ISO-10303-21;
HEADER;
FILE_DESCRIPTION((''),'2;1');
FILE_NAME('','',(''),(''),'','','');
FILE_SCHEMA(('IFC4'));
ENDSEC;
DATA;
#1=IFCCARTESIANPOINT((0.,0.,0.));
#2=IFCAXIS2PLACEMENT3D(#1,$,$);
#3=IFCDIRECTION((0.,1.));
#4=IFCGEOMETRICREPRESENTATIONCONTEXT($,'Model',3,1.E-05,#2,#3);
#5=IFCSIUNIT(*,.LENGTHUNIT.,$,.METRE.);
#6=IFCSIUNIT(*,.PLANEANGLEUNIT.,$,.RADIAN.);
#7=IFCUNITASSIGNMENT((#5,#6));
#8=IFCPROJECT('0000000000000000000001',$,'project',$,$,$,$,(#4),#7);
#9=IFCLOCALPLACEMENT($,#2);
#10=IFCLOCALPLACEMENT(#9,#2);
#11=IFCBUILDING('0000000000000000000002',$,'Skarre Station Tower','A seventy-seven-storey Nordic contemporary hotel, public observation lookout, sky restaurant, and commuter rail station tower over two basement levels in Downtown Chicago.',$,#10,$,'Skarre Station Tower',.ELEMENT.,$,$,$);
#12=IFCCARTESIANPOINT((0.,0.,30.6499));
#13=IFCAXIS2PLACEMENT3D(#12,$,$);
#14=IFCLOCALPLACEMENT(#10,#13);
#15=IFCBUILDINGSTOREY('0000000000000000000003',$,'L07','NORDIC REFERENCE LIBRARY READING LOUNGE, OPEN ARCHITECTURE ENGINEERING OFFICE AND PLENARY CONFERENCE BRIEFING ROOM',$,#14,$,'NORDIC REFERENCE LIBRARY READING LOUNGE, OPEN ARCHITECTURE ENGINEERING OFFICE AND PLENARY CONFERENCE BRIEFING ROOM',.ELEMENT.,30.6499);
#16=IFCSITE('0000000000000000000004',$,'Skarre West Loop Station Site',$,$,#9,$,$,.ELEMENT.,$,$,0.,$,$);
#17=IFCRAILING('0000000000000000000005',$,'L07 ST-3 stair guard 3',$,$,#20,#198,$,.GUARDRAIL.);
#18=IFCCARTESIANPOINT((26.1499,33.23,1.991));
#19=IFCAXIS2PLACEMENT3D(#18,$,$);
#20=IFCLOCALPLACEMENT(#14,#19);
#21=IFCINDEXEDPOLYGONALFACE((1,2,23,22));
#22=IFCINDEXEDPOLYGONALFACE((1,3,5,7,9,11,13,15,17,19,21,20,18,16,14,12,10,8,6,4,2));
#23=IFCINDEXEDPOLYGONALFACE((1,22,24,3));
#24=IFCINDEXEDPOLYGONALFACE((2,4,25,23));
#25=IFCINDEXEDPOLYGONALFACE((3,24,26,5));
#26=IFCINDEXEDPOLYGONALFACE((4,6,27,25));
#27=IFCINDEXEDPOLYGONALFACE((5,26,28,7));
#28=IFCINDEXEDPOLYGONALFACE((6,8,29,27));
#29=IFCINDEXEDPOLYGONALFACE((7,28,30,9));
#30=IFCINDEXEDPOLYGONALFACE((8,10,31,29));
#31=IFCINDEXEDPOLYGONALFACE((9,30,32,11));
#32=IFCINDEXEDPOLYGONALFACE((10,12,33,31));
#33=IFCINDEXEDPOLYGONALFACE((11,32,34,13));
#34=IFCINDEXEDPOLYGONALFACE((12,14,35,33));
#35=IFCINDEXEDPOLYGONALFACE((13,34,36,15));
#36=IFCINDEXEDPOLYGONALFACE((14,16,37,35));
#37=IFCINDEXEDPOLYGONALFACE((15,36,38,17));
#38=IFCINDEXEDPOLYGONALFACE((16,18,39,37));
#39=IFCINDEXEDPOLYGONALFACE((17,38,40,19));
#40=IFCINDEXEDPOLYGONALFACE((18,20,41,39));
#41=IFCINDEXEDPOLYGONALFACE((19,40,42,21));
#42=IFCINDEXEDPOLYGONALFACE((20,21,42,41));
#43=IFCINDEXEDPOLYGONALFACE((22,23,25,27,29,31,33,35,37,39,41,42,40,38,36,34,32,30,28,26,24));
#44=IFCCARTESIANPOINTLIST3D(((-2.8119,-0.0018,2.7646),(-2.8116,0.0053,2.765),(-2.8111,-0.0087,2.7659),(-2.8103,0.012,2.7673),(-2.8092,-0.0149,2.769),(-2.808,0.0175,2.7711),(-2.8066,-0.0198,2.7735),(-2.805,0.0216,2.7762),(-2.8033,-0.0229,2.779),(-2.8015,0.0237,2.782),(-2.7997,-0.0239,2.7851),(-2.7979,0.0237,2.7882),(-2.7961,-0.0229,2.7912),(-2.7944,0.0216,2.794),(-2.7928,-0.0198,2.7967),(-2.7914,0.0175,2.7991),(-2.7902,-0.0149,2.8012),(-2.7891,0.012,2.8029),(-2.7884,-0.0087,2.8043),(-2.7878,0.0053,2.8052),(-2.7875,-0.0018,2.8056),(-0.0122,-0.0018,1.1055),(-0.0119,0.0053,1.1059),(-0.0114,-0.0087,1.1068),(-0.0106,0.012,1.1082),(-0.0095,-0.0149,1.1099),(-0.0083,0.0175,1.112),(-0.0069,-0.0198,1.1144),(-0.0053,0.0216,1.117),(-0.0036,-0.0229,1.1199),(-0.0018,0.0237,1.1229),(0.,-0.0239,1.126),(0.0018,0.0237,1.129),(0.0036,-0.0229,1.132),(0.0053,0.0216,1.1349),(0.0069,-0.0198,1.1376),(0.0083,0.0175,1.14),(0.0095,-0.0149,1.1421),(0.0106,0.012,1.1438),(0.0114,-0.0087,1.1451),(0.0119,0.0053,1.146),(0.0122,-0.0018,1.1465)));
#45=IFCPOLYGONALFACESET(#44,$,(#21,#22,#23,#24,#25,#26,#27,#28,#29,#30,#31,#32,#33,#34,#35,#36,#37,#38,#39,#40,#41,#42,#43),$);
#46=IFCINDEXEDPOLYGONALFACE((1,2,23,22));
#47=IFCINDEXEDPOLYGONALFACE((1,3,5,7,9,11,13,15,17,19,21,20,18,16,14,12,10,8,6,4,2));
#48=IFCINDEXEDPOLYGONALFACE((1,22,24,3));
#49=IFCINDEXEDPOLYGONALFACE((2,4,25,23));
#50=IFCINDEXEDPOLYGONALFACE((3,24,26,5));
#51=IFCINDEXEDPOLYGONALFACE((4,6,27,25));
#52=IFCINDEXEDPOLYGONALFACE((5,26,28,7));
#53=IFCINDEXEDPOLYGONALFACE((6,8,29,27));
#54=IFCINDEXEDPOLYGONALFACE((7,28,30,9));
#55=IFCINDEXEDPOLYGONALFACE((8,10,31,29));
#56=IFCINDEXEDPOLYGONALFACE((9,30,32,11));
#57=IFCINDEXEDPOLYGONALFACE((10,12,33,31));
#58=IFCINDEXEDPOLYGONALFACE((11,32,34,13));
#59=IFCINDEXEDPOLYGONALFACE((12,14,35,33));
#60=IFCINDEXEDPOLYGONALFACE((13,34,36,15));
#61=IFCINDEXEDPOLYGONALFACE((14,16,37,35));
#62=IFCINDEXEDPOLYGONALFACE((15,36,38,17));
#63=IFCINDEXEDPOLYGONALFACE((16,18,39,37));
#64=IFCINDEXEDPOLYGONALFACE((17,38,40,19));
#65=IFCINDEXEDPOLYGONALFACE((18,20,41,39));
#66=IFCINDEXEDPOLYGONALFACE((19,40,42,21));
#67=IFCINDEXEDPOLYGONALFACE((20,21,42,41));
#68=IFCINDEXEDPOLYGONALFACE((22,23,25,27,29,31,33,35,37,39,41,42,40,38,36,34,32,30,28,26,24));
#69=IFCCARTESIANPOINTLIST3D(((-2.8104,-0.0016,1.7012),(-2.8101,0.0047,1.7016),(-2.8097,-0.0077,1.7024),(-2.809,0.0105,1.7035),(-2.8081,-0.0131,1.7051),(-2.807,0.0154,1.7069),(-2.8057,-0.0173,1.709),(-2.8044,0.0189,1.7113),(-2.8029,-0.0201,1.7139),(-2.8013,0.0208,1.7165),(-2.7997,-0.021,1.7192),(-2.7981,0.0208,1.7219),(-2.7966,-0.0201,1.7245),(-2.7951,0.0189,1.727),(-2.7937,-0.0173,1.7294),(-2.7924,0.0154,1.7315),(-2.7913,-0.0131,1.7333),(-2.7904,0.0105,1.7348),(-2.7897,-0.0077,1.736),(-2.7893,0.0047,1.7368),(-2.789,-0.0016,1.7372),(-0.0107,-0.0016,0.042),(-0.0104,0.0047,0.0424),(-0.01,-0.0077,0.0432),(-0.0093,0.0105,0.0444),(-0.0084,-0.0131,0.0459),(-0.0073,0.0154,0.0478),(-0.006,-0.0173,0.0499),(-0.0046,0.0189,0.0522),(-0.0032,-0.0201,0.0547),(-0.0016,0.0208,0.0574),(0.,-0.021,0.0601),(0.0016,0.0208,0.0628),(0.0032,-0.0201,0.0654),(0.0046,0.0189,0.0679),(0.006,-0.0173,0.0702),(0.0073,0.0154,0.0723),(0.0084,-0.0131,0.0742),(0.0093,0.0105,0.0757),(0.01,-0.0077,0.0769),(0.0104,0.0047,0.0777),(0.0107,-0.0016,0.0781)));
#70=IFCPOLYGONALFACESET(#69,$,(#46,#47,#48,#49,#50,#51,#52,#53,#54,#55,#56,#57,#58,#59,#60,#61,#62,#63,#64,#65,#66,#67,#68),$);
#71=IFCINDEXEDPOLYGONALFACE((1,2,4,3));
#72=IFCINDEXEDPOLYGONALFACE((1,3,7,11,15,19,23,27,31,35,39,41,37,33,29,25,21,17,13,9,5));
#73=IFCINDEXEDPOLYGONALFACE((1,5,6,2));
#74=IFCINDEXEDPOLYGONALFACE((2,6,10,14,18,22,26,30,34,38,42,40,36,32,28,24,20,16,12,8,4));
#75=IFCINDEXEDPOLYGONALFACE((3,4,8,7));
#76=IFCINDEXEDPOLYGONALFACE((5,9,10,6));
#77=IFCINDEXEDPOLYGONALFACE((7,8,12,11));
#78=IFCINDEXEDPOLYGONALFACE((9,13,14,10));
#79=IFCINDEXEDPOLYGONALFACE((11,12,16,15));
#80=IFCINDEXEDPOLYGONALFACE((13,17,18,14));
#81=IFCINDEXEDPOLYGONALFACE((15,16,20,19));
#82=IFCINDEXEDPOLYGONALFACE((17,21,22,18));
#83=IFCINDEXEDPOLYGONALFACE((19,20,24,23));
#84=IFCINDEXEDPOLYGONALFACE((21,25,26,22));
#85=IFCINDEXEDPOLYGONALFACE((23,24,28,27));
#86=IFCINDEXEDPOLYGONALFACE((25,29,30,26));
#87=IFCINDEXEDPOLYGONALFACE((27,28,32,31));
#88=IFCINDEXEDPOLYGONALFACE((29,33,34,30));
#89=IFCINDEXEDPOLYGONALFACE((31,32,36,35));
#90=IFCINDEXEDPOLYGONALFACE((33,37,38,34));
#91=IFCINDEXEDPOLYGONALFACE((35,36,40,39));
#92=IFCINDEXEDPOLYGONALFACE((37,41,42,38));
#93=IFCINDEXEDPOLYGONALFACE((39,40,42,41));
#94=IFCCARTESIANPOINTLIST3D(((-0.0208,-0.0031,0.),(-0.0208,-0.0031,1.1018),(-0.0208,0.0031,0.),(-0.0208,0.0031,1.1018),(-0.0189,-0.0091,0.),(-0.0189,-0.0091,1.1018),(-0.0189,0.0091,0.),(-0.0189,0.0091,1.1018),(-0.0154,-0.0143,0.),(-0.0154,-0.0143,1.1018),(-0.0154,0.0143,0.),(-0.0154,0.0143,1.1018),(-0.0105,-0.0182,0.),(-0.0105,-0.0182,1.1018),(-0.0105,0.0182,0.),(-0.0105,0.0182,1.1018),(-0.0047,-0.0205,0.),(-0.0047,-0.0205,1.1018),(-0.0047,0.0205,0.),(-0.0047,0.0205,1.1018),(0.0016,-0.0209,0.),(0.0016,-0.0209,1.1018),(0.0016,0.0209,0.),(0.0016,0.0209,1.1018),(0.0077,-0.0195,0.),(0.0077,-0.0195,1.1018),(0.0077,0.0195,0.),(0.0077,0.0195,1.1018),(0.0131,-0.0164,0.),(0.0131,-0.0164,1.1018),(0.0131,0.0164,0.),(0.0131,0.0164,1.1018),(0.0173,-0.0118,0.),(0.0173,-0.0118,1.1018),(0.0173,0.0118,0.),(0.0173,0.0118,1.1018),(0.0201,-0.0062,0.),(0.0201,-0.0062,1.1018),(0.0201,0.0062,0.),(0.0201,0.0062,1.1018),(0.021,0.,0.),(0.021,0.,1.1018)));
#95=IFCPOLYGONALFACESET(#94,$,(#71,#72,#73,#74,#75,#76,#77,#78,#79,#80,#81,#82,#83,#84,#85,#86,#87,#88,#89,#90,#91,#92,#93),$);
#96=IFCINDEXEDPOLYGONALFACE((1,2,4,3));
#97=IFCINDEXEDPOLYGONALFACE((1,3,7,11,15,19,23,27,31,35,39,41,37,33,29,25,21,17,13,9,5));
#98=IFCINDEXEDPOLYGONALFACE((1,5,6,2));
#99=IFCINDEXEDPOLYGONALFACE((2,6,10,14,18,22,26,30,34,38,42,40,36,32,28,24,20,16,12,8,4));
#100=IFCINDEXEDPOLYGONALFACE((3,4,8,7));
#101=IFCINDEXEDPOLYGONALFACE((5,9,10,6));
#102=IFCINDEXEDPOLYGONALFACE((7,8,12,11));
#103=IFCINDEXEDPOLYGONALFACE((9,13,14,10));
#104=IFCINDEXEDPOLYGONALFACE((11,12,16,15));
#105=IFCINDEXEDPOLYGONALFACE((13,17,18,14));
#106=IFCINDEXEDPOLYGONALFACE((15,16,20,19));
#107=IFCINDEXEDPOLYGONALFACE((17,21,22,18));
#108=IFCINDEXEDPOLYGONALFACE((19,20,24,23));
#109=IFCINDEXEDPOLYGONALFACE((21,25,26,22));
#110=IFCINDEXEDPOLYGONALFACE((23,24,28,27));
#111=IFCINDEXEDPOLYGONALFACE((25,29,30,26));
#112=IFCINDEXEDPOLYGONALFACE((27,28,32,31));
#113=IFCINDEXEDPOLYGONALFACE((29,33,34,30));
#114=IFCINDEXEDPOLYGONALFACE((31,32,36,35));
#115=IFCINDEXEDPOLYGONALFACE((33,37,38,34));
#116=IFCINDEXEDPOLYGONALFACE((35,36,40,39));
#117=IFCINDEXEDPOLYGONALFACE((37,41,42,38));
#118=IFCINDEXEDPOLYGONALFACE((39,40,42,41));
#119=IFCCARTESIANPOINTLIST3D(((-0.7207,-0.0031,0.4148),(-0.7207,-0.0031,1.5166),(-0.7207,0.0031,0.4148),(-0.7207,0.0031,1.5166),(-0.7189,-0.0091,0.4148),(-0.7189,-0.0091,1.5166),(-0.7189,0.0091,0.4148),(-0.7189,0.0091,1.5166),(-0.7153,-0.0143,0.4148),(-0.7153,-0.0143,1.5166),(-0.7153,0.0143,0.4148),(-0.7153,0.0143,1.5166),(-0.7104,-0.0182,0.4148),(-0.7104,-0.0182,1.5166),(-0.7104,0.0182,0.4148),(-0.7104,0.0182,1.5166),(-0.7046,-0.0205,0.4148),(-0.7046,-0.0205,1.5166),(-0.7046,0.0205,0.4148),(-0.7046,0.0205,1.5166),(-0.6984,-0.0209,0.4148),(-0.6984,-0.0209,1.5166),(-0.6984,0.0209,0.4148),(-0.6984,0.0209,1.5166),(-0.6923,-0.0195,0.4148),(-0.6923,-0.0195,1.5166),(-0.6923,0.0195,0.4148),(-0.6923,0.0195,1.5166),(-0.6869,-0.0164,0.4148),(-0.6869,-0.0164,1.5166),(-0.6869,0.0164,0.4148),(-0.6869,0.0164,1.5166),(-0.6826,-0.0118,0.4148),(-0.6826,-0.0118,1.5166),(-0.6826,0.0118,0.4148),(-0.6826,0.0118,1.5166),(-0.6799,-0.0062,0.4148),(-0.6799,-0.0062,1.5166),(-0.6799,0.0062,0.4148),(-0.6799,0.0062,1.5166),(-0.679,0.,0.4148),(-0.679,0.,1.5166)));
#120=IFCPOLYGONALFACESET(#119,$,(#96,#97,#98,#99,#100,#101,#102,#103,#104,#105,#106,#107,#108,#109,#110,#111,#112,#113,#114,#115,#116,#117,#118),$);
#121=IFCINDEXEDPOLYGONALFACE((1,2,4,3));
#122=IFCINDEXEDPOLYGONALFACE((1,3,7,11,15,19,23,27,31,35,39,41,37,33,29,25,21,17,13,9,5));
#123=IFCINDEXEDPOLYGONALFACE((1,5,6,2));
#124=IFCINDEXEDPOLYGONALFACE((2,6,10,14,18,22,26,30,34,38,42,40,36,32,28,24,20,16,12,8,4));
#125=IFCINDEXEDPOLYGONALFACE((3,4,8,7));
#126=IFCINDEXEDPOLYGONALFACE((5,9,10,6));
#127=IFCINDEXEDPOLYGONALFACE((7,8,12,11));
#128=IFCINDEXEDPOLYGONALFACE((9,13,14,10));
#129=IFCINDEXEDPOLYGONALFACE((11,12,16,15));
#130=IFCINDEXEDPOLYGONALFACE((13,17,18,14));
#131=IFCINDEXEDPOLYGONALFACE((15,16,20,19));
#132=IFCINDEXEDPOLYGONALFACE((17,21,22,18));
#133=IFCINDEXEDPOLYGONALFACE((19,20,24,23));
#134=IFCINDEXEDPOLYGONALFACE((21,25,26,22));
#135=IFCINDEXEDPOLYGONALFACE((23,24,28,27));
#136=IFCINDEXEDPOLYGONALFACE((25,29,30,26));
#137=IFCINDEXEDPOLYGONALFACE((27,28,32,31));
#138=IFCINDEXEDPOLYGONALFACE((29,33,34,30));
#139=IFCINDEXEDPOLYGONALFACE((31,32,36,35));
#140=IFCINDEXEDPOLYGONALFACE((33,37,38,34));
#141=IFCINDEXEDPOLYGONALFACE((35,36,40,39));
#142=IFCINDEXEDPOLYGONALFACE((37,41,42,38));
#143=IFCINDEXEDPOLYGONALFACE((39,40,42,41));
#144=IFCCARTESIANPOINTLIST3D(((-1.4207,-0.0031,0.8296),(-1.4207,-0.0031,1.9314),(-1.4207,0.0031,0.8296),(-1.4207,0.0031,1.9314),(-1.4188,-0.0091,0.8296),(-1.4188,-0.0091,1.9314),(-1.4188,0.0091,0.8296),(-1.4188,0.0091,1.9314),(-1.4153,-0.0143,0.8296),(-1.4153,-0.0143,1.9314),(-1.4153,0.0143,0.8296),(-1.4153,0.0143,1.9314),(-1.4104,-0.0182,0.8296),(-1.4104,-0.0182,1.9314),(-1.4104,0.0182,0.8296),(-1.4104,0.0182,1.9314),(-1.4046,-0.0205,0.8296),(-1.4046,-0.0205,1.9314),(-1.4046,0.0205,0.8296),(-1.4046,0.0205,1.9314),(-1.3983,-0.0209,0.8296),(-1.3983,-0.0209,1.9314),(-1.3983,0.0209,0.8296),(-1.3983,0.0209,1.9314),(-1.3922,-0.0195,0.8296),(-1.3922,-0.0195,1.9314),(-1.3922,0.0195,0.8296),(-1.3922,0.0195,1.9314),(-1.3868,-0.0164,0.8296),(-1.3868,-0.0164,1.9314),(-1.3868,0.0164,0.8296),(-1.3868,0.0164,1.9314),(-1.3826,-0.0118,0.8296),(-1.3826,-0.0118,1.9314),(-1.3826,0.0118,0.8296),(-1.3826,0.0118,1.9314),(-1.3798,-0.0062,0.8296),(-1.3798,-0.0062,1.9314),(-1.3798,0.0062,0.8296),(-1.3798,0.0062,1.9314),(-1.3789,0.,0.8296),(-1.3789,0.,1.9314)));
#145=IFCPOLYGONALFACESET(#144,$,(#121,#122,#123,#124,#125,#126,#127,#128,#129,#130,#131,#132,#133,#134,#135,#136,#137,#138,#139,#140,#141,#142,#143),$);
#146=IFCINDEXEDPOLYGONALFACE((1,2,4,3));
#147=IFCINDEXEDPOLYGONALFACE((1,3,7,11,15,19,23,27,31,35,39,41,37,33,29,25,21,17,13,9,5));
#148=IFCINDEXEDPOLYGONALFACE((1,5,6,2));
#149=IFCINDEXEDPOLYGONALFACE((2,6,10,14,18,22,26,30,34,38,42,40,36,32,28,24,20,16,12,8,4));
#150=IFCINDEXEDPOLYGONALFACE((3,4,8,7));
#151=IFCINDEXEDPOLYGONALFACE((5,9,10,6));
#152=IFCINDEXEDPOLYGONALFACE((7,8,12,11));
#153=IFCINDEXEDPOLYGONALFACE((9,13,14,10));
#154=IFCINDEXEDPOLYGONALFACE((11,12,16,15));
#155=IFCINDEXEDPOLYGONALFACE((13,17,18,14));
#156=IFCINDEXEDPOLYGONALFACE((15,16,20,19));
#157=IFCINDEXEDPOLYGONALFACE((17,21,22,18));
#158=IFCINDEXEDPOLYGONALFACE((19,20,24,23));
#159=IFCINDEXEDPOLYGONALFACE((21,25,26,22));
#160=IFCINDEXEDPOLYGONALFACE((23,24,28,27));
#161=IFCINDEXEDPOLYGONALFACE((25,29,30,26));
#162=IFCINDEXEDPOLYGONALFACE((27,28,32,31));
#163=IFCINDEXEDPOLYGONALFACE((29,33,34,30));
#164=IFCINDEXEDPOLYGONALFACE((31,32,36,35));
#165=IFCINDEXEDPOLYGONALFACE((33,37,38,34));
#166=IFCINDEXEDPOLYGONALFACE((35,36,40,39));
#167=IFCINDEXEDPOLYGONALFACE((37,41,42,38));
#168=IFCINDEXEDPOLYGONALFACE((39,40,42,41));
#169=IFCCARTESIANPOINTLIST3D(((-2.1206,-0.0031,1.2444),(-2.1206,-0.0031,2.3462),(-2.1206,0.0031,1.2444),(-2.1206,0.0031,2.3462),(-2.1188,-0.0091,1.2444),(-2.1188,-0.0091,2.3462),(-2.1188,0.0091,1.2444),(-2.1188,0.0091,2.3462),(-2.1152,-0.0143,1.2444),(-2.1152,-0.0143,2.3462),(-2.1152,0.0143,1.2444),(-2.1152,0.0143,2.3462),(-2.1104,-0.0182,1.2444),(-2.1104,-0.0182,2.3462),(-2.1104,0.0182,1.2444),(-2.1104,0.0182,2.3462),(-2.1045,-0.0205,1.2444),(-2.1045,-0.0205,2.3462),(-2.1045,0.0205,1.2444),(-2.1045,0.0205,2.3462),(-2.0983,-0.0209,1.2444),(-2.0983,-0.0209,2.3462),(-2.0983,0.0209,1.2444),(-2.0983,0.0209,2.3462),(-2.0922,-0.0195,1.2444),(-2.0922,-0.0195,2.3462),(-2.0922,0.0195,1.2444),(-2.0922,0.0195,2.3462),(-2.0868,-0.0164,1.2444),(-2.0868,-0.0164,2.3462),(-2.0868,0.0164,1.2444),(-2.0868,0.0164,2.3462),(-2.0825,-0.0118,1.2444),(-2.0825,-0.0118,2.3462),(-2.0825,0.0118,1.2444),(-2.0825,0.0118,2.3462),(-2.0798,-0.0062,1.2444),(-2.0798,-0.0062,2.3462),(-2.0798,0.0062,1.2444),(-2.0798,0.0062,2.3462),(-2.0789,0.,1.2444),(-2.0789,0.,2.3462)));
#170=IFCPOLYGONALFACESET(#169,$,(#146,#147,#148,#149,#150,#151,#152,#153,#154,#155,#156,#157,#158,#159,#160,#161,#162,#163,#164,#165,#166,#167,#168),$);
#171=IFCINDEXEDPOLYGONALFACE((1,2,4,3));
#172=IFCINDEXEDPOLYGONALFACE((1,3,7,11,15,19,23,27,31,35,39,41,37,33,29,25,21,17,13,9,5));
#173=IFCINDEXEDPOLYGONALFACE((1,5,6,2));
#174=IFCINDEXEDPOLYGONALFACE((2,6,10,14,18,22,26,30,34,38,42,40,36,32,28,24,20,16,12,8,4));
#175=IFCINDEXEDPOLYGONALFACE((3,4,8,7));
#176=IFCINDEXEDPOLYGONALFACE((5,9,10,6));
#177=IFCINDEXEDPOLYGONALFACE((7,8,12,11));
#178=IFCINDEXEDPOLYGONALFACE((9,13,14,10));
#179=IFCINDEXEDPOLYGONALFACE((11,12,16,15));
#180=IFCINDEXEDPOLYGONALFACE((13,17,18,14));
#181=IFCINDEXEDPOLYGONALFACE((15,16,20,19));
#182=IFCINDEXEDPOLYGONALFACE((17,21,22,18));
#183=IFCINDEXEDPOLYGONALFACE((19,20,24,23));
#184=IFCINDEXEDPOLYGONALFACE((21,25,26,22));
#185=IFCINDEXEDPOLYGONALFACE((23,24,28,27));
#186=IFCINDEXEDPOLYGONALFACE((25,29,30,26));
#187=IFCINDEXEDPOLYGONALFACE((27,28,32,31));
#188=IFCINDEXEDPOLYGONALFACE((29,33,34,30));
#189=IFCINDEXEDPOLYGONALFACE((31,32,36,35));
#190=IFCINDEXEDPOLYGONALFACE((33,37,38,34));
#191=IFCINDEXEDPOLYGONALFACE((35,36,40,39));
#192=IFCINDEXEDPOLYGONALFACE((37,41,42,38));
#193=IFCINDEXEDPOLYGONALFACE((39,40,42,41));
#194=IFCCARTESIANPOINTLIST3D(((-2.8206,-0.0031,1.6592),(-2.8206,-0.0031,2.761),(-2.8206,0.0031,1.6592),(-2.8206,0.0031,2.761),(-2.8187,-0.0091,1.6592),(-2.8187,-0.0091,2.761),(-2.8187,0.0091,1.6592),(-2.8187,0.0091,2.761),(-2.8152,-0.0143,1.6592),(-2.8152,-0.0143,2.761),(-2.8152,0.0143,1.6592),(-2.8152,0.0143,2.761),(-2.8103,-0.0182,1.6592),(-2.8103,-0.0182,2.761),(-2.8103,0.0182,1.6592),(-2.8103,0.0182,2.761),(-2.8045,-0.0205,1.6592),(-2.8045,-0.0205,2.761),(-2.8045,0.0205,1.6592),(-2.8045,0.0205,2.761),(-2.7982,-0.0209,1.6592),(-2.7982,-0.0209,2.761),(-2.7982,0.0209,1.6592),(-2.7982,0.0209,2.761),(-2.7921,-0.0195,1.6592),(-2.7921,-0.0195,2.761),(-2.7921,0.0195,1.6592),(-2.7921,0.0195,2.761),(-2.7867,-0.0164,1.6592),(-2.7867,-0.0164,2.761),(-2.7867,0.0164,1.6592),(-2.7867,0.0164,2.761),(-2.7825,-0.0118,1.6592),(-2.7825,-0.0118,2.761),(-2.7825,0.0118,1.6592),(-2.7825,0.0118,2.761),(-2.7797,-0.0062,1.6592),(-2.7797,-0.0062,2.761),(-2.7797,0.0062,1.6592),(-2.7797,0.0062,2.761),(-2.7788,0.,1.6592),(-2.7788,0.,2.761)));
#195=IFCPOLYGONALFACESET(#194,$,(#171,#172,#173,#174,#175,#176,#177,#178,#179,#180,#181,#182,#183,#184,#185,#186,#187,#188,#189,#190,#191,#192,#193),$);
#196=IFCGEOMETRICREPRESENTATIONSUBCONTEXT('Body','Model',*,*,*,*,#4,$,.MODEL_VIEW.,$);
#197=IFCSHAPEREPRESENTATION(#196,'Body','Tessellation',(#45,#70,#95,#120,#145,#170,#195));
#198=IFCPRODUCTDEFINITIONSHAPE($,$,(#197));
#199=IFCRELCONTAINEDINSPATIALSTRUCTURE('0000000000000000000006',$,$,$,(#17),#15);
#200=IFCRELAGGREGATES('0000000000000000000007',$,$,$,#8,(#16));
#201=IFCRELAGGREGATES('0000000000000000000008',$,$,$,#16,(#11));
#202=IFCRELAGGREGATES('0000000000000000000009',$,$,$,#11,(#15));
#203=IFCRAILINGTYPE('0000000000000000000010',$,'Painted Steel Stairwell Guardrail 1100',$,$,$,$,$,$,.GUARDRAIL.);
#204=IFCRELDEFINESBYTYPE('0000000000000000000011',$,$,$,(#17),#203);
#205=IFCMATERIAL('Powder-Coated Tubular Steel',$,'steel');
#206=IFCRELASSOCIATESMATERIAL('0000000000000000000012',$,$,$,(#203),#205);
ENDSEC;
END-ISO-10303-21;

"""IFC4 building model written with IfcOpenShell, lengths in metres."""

from ifc_helpers import new_model, si_unit, direction, frame, origin, origin_2d, place, context, subcontext, project, spatial, circle, extrude, material, type_object, element, save


model = new_model("IFC4")

# Units and contexts
model_context = context("Model", 3, precision=1e-05, world=origin(), true_north=direction((0.0, 1.0)))
body_context = subcontext(model_context, "Body", "Model", "MODEL_VIEW")
ifc_project = project(units=[si_unit("LENGTHUNIT", "METRE"), si_unit("PLANEANGLEUNIT", "RADIAN")], contexts=[model_context])

# Site, building, storey
site_placement = place(None, origin())
site = spatial("IfcSite", under=ifc_project, at=site_placement, Name="Skarre West Loop Station Site", CompositionType="ELEMENT", RefElevation=0.0)
building_placement = place(site_placement, origin())
building = spatial("IfcBuilding", under=site, at=building_placement, Name="Skarre Station Tower", Description="A seventy-seven-storey Nordic contemporary hotel, public observation lookout, sky restaurant, and commuter rail station tower over two basement levels in Downtown Chicago.", LongName="Skarre Station Tower", CompositionType="ELEMENT")
storey_placement = place(building_placement, frame((0.0, 0.0, 30.6499)))
storey = spatial("IfcBuildingStorey", under=building, at=storey_placement, Name="L07", Description="NORDIC REFERENCE LIBRARY READING LOUNGE, OPEN ARCHITECTURE ENGINEERING OFFICE AND PLENARY CONFERENCE BRIEFING ROOM", LongName="NORDIC REFERENCE LIBRARY READING LOUNGE, OPEN ARCHITECTURE ENGINEERING OFFICE AND PLENARY CONFERENCE BRIEFING ROOM", CompositionType="ELEMENT", Elevation=30.6499)

# Railing
ifc_material_1 = material(Name="Powder-Coated Tubular Steel", Category="steel")
railing_type_1 = type_object("IfcRailingType", Name="Painted Steel Stairwell Guardrail 1100", PredefinedType="GUARDRAIL", material=ifc_material_1)
railing_1_placement = place(storey_placement, frame((26.1499, 33.23, 1.991)))
element("IfcRailing", 1, at=railing_1_placement, inside=storey, type_object=railing_type_1, Name="L07 ST-3 stair guard 3", PredefinedType="GUARDRAIL", context=body_context, shape_type="SweptSolid", body=[
    extrude(circle(Radius=0.0239, at=origin_2d()), frame((0.0, 0.0, 1.126), z_axis=(-0.860287, 0.0, 0.509811), x_axis=(0.0, -1.0, 0.0)), (0.0, 0.0, 1.0), 3.2544),
    extrude(circle(Radius=0.021, at=origin_2d()), frame((0.0, 0.0, 0.0601), z_axis=(-0.860287, 0.0, 0.509811), x_axis=(0.0, -1.0, 0.0)), (0.0, 0.0, 1.0), 3.2544),
    extrude(circle(Radius=0.021, at=origin_2d()), origin(), (0.0, 0.0, 1.0), 1.1018),
    extrude(circle(Radius=0.021, at=origin_2d()), frame((-0.7, 0.0, 0.4148)), (0.0, 0.0, 1.0), 1.1018),
    extrude(circle(Radius=0.021, at=origin_2d()), frame((-1.3999, 0.0, 0.8296)), (0.0, 0.0, 1.0), 1.1018),
    extrude(circle(Radius=0.021, at=origin_2d()), frame((-2.0999, 0.0, 1.2444)), (0.0, 0.0, 1.0), 1.1018),
    extrude(circle(Radius=0.021, at=origin_2d()), frame((-2.7998, 0.0, 1.6592)), (0.0, 0.0, 1.0), 1.1018),
])

save(model, "model.ifc")
